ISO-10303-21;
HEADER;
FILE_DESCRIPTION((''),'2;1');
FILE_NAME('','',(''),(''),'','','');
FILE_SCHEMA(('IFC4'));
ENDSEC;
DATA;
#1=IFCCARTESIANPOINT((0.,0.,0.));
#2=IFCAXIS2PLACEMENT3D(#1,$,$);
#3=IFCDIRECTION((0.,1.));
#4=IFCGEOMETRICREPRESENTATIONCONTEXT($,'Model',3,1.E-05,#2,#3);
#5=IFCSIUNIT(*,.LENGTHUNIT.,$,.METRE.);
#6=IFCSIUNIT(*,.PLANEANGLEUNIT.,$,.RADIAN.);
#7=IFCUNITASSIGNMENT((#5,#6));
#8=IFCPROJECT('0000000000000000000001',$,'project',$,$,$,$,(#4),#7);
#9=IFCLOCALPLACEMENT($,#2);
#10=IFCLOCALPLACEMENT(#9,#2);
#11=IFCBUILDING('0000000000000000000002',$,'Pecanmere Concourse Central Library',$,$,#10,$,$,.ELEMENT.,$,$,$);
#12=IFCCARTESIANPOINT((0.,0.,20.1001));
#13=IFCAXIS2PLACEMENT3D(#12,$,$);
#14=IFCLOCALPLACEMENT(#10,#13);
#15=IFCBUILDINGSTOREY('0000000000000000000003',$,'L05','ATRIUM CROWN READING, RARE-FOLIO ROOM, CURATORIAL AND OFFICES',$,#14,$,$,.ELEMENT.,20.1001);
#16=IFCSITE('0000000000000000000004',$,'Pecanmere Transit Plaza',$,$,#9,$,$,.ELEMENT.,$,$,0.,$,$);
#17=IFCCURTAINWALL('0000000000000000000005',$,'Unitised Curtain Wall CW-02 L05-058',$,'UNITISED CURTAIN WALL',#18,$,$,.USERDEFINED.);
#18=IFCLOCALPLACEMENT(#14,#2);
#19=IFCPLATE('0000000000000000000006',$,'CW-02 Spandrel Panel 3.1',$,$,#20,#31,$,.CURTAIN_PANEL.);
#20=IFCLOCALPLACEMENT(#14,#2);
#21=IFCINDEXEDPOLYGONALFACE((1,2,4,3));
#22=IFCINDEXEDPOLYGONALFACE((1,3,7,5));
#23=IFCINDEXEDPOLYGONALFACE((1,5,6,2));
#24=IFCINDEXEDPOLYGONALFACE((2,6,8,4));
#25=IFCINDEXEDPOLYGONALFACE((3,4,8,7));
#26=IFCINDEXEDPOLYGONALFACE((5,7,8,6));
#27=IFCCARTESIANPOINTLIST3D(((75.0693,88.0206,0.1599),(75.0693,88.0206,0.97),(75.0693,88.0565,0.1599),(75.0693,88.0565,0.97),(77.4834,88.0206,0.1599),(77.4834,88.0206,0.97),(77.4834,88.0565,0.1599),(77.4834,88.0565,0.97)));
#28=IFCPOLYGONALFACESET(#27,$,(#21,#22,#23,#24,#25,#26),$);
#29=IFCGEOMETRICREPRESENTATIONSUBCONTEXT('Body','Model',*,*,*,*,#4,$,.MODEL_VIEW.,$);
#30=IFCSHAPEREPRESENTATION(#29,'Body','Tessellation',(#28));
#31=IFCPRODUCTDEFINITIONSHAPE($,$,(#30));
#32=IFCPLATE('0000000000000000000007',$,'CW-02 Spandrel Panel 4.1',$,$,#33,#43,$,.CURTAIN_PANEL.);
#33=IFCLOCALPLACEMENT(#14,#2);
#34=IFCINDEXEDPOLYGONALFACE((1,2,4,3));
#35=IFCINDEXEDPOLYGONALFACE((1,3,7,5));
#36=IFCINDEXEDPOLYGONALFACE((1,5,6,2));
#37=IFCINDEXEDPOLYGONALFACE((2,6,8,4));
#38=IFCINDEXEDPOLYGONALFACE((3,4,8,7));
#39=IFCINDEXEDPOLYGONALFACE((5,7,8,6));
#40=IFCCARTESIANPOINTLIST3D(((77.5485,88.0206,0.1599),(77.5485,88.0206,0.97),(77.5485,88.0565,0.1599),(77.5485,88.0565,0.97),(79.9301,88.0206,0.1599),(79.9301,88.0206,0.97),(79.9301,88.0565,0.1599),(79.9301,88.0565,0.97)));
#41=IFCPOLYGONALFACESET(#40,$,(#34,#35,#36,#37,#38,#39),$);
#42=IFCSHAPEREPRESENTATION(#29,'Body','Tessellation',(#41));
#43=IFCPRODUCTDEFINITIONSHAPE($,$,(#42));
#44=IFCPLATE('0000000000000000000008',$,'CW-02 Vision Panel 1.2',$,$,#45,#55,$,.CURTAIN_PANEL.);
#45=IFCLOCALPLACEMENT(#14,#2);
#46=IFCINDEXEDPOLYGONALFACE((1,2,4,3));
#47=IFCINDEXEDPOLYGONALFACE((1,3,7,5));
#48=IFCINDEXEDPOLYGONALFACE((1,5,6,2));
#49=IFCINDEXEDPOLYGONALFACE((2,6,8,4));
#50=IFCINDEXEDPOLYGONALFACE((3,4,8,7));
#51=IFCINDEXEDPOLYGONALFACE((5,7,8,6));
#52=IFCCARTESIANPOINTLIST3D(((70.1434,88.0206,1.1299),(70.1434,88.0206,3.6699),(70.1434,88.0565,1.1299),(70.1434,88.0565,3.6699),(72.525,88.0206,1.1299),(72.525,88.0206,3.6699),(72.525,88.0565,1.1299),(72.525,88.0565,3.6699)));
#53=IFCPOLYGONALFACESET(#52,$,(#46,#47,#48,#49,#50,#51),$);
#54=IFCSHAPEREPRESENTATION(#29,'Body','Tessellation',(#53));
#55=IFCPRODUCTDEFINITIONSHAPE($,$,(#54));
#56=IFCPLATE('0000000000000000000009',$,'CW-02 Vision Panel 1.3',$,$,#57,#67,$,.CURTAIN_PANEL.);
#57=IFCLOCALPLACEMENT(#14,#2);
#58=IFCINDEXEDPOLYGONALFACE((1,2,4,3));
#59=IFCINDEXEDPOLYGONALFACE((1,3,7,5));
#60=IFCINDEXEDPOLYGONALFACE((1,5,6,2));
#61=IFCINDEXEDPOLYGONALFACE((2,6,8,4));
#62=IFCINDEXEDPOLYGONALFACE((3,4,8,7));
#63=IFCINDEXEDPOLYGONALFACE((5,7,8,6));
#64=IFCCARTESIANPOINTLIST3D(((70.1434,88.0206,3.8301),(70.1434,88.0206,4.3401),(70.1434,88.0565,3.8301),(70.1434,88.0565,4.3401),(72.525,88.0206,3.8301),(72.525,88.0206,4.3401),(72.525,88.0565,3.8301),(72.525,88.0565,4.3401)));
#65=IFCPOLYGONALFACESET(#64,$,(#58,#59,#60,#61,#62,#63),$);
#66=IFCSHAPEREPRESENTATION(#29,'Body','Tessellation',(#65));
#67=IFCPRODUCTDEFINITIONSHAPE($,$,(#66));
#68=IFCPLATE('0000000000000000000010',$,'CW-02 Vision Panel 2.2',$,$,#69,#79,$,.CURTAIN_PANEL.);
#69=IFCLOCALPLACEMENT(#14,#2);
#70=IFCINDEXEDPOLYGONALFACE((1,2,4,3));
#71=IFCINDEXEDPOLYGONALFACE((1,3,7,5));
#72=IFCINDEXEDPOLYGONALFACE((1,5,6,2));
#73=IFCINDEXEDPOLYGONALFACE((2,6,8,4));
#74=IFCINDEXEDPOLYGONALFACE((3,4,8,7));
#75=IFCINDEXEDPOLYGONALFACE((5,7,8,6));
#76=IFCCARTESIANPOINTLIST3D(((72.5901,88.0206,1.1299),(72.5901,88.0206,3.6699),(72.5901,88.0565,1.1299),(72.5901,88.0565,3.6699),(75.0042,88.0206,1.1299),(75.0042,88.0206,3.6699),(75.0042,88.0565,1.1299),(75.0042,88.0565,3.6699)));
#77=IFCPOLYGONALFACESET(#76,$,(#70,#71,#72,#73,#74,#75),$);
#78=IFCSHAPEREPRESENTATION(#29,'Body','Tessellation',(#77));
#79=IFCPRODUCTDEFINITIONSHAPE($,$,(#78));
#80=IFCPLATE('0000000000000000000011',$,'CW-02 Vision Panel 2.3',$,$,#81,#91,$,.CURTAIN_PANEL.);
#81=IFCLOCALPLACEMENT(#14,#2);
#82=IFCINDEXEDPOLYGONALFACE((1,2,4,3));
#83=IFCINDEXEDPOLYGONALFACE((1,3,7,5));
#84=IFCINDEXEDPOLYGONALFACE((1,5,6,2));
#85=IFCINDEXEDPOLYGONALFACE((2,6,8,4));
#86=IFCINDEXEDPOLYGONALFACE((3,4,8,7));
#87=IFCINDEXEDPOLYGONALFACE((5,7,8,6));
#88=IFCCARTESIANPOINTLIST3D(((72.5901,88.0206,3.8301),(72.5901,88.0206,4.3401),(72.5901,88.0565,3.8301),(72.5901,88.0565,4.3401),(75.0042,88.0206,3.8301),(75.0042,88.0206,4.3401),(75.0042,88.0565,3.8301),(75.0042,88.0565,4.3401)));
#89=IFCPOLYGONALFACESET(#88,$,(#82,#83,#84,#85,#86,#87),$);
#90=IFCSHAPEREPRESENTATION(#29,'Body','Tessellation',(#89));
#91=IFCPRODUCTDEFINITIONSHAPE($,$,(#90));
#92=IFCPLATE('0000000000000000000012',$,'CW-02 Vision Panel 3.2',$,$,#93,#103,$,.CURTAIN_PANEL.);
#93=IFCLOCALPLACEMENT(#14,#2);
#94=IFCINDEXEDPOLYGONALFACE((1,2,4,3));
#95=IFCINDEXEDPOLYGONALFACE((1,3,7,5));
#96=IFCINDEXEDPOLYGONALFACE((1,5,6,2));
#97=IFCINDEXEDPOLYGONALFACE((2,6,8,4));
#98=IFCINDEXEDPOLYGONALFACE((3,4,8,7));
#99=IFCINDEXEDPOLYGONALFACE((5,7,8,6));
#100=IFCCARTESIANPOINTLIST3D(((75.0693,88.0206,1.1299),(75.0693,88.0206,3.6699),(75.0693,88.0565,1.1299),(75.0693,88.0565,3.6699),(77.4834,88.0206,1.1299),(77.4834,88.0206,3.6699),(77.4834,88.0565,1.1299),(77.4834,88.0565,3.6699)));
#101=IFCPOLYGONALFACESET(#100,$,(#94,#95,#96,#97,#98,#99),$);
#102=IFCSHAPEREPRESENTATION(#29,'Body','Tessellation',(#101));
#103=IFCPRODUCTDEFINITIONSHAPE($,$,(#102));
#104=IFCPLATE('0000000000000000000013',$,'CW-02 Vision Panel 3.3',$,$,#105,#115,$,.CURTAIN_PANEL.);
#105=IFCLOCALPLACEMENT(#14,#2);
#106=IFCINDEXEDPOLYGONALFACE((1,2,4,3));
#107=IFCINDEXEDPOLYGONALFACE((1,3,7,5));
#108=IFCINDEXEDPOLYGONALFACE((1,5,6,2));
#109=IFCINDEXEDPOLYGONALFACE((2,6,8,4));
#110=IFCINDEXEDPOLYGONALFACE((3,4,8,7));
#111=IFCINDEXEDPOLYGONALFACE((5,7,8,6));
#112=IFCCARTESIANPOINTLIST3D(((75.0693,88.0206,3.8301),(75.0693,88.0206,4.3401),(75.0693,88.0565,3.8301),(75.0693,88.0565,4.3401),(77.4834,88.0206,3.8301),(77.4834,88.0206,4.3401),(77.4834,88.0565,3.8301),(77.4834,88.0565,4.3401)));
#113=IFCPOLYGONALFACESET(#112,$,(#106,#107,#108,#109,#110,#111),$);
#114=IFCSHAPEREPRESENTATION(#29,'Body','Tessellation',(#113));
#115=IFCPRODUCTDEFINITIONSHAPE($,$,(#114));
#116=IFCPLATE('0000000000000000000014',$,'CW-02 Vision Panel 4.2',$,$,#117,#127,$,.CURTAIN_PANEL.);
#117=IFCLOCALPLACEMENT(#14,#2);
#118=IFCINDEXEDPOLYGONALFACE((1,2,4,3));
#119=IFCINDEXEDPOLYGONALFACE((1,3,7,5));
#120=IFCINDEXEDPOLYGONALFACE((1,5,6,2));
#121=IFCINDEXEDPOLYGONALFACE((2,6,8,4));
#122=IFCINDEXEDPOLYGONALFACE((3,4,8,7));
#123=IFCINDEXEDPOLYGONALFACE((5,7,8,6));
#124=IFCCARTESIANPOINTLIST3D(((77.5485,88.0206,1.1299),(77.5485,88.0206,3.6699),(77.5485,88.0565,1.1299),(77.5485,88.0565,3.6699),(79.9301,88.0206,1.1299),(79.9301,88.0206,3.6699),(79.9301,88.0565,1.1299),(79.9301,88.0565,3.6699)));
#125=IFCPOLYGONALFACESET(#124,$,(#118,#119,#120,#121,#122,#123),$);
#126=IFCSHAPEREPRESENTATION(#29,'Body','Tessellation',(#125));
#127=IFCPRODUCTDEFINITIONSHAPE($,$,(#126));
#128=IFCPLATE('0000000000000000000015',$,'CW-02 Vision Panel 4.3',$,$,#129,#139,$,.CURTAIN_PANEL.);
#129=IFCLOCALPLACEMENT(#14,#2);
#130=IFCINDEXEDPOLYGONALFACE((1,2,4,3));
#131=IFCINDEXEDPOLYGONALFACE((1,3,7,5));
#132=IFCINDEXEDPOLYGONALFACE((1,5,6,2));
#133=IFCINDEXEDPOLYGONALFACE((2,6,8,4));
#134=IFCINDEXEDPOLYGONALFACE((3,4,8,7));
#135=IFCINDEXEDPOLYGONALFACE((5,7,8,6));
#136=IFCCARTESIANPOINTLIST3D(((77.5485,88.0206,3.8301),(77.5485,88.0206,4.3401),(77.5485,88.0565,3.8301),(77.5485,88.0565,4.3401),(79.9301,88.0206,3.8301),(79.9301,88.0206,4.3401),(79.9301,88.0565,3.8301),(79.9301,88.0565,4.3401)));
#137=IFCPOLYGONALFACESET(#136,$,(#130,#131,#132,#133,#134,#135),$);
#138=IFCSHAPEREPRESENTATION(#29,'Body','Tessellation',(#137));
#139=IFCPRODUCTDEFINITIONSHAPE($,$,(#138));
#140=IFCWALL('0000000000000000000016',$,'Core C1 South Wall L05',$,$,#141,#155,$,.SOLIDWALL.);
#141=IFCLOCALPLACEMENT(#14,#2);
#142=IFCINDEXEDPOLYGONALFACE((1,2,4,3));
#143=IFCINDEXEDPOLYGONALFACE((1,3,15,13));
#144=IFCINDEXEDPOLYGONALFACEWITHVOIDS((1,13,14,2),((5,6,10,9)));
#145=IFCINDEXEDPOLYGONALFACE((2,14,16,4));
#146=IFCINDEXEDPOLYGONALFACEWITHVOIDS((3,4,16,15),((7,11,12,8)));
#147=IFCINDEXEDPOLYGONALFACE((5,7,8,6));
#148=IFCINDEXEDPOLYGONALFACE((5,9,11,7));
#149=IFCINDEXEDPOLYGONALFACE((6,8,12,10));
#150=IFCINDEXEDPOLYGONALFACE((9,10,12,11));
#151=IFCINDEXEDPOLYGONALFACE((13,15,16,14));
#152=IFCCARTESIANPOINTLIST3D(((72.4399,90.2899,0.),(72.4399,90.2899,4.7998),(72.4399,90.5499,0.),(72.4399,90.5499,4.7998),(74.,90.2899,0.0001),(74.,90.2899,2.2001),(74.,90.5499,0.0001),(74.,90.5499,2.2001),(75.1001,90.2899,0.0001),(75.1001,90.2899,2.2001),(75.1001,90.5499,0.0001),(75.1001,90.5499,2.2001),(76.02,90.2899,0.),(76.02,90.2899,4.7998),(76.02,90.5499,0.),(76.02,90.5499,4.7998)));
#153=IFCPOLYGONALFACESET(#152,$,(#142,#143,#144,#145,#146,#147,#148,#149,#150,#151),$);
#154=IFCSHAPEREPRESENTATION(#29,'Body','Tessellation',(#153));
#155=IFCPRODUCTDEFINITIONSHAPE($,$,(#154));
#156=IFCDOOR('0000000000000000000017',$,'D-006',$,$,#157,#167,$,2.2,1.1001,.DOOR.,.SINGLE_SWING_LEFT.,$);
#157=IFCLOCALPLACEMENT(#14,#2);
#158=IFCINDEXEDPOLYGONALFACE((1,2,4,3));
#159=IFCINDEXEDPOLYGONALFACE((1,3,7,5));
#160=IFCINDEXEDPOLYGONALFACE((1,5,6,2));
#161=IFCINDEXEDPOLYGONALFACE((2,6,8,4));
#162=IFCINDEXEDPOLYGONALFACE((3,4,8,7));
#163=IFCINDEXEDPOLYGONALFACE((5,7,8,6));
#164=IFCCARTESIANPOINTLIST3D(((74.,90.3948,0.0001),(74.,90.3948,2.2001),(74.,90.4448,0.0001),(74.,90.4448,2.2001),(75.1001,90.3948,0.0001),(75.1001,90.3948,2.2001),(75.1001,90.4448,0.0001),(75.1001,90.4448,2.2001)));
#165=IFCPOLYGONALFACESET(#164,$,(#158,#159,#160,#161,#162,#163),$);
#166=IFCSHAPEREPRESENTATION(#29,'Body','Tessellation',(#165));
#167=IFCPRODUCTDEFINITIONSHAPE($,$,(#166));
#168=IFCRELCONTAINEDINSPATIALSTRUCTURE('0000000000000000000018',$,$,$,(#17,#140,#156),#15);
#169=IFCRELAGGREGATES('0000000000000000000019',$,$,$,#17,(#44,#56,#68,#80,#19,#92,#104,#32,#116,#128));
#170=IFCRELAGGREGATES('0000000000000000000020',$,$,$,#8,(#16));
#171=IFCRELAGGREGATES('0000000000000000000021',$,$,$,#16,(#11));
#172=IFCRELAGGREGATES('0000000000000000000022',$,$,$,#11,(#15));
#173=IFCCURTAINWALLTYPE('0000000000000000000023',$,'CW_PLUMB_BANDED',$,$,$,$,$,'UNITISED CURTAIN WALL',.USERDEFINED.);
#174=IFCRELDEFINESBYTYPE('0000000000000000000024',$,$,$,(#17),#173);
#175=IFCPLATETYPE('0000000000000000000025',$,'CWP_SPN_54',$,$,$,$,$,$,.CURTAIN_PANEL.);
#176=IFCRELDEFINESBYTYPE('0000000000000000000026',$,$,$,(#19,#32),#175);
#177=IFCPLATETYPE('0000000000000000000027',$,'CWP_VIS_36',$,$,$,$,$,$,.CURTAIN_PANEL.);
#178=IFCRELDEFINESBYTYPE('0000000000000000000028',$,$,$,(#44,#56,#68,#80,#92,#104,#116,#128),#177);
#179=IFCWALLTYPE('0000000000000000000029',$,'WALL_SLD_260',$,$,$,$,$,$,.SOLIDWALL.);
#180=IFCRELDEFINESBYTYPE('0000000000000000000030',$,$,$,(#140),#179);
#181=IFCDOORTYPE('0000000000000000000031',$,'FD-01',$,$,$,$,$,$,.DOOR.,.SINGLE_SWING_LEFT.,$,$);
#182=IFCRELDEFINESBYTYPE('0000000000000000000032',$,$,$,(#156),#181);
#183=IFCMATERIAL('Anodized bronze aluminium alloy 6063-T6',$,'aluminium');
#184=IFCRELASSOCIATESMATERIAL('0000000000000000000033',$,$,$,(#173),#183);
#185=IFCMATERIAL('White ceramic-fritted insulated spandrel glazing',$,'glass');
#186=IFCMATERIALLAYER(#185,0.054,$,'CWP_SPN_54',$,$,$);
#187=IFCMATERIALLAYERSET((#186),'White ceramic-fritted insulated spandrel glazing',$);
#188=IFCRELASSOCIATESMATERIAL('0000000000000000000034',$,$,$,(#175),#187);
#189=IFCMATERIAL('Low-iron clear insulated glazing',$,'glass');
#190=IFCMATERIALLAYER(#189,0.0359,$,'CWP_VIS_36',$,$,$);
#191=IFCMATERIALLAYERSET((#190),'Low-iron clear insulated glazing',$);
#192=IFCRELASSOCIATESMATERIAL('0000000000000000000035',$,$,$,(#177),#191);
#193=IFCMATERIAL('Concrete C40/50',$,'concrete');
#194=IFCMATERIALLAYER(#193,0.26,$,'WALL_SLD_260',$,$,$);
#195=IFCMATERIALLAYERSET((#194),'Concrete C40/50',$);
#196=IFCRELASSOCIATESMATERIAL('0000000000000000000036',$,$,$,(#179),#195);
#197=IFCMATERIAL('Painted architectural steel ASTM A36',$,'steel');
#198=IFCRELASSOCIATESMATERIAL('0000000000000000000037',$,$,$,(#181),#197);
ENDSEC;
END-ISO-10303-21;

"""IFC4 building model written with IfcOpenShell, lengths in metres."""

from ifc_helpers import new_model, si_unit, direction, frame, frame_2d, origin, origin_2d, place, context, subcontext, project, spatial, rectangle, extrude, material, layer, layer_set, type_object, element, fill, aggregate, save


model = new_model("IFC4")

# Units and contexts
model_context = context("Model", 3, precision=1e-05, world=origin(), true_north=direction((0.0, 1.0)))
body_context = subcontext(model_context, "Body", "Model", "MODEL_VIEW")
ifc_project = project(units=[si_unit("LENGTHUNIT", "METRE"), si_unit("PLANEANGLEUNIT", "RADIAN")], contexts=[model_context])

# Site, building, storey
site_placement = place(None, origin())
site = spatial("IfcSite", under=ifc_project, at=site_placement, Name="Pecanmere Transit Plaza", CompositionType="ELEMENT", RefElevation=0.0)
building_placement = place(site_placement, origin())
building = spatial("IfcBuilding", under=site, at=building_placement, Name="Pecanmere Concourse Central Library", CompositionType="ELEMENT")
storey_placement = place(building_placement, frame((0.0, 0.0, 20.1001)))
storey = spatial("IfcBuildingStorey", under=building, at=storey_placement, Name="L05", Description="ATRIUM CROWN READING, RARE-FOLIO ROOM, CURATORIAL AND OFFICES", CompositionType="ELEMENT", Elevation=20.1001)

# Curtain wall
ifc_material_1 = material(Name="Anodized bronze aluminium alloy 6063-T6", Category="aluminium")
curtain_wall_type = type_object("IfcCurtainWallType", Name="CW_PLUMB_BANDED", ElementType="UNITISED CURTAIN WALL", PredefinedType="USERDEFINED", material=ifc_material_1)
curtain_wall_placement = place(storey_placement, origin())
curtain_wall = element("IfcCurtainWall", 1, at=curtain_wall_placement, inside=storey, type_object=curtain_wall_type, Name="Unitised Curtain Wall CW-02 L05-058", ObjectType="UNITISED CURTAIN WALL", PredefinedType="USERDEFINED")

# Plates
ifc_material_2 = material(Name="White ceramic-fritted insulated spandrel glazing", Category="glass")
ifc_layer_1 = layer(ifc_material_2, 0.054, Name="CWP_SPN_54")
ifc_layer_set_1 = layer_set([ifc_layer_1], Name="White ceramic-fritted insulated spandrel glazing")
plate_type_1 = type_object("IfcPlateType", Name="CWP_SPN_54", PredefinedType="CURTAIN_PANEL", material=ifc_layer_set_1)
plate_1_placement = place(storey_placement, frame((76.2764, 88.0386, 0.1599), z_axis=(0.0, 0.0, 1.0), x_axis=(1.0, 0.0, 0.0)))
plate_1 = element("IfcPlate", 2, at=plate_1_placement, type_object=plate_type_1, Name="CW-02 Spandrel Panel 3.1", PredefinedType="CURTAIN_PANEL", context=body_context, shape_type="SweptSolid", body=[
    extrude(rectangle(XDim=2.4141, YDim=0.0359, at=origin_2d()), origin(), (0.0, 0.0, 1.0), 0.8101),
])
plate_2_placement = place(storey_placement, frame((78.7393, 88.0386, 0.1599), z_axis=(0.0, 0.0, 1.0), x_axis=(1.0, 0.0, 0.0)))
plate_2 = element("IfcPlate", 3, at=plate_2_placement, type_object=plate_type_1, Name="CW-02 Spandrel Panel 4.1", PredefinedType="CURTAIN_PANEL", context=body_context, shape_type="SweptSolid", body=[
    extrude(rectangle(XDim=2.3816, YDim=0.0359, at=origin_2d()), origin(), (0.0, 0.0, 1.0), 0.8101),
])
ifc_material_3 = material(Name="Low-iron clear insulated glazing", Category="glass")
ifc_layer_2 = layer(ifc_material_3, 0.0359, Name="CWP_VIS_36")
ifc_layer_set_2 = layer_set([ifc_layer_2], Name="Low-iron clear insulated glazing")
plate_type_2 = type_object("IfcPlateType", Name="CWP_VIS_36", PredefinedType="CURTAIN_PANEL", material=ifc_layer_set_2)
plate_3_placement = place(storey_placement, frame((71.3342, 88.0386, 1.1299), z_axis=(0.0, 0.0, 1.0), x_axis=(1.0, 0.0, 0.0)))
plate_3 = element("IfcPlate", 4, at=plate_3_placement, type_object=plate_type_2, Name="CW-02 Vision Panel 1.2", PredefinedType="CURTAIN_PANEL", context=body_context, shape_type="SweptSolid", body=[
    extrude(rectangle(XDim=2.3816, YDim=0.0359, at=origin_2d()), origin(), (0.0, 0.0, 1.0), 2.54),
])
plate_4_placement = place(storey_placement, frame((71.3342, 88.0386, 3.8301), z_axis=(0.0, 0.0, 1.0), x_axis=(1.0, 0.0, 0.0)))
plate_4 = element("IfcPlate", 5, at=plate_4_placement, type_object=plate_type_2, Name="CW-02 Vision Panel 1.3", PredefinedType="CURTAIN_PANEL", context=body_context, shape_type="SweptSolid", body=[
    extrude(rectangle(XDim=2.3816, YDim=0.0359, at=origin_2d()), origin(), (0.0, 0.0, 1.0), 0.51),
])
plate_5_placement = place(storey_placement, frame((73.7971, 88.0386, 1.1299), z_axis=(0.0, 0.0, 1.0), x_axis=(1.0, 0.0, 0.0)))
plate_5 = element("IfcPlate", 6, at=plate_5_placement, type_object=plate_type_2, Name="CW-02 Vision Panel 2.2", PredefinedType="CURTAIN_PANEL", context=body_context, shape_type="SweptSolid", body=[
    extrude(rectangle(XDim=2.4141, YDim=0.0359, at=origin_2d()), origin(), (0.0, 0.0, 1.0), 2.54),
])
plate_6_placement = place(storey_placement, frame((73.7971, 88.0386, 3.8301), z_axis=(0.0, 0.0, 1.0), x_axis=(1.0, 0.0, 0.0)))
plate_6 = element("IfcPlate", 7, at=plate_6_placement, type_object=plate_type_2, Name="CW-02 Vision Panel 2.3", PredefinedType="CURTAIN_PANEL", context=body_context, shape_type="SweptSolid", body=[
    extrude(rectangle(XDim=2.4141, YDim=0.0359, at=origin_2d()), origin(), (0.0, 0.0, 1.0), 0.51),
])
plate_7_placement = place(storey_placement, frame((76.2764, 88.0386, 1.1299), z_axis=(0.0, 0.0, 1.0), x_axis=(1.0, 0.0, 0.0)))
plate_7 = element("IfcPlate", 8, at=plate_7_placement, type_object=plate_type_2, Name="CW-02 Vision Panel 3.2", PredefinedType="CURTAIN_PANEL", context=body_context, shape_type="SweptSolid", body=[
    extrude(rectangle(XDim=2.4141, YDim=0.0359, at=origin_2d()), origin(), (0.0, 0.0, 1.0), 2.54),
])
plate_8_placement = place(storey_placement, frame((76.2764, 88.0386, 3.8301), z_axis=(0.0, 0.0, 1.0), x_axis=(1.0, 0.0, 0.0)))
plate_8 = element("IfcPlate", 9, at=plate_8_placement, type_object=plate_type_2, Name="CW-02 Vision Panel 3.3", PredefinedType="CURTAIN_PANEL", context=body_context, shape_type="SweptSolid", body=[
    extrude(rectangle(XDim=2.4141, YDim=0.0359, at=origin_2d()), origin(), (0.0, 0.0, 1.0), 0.51),
])
plate_9_placement = place(storey_placement, frame((78.7393, 88.0386, 1.1299), z_axis=(0.0, 0.0, 1.0), x_axis=(1.0, 0.0, 0.0)))
plate_9 = element("IfcPlate", 10, at=plate_9_placement, type_object=plate_type_2, Name="CW-02 Vision Panel 4.2", PredefinedType="CURTAIN_PANEL", context=body_context, shape_type="SweptSolid", body=[
    extrude(rectangle(XDim=2.3816, YDim=0.0359, at=origin_2d()), origin(), (0.0, 0.0, 1.0), 2.54),
])
plate_10_placement = place(storey_placement, frame((78.7393, 88.0386, 3.8301), z_axis=(0.0, 0.0, 1.0), x_axis=(1.0, 0.0, 0.0)))
plate_10 = element("IfcPlate", 11, at=plate_10_placement, type_object=plate_type_2, Name="CW-02 Vision Panel 4.3", PredefinedType="CURTAIN_PANEL", context=body_context, shape_type="SweptSolid", body=[
    extrude(rectangle(XDim=2.3816, YDim=0.0359, at=origin_2d()), origin(), (0.0, 0.0, 1.0), 0.51),
])
aggregate(curtain_wall, [plate_3, plate_4, plate_5, plate_6, plate_1, plate_7, plate_8, plate_2, plate_9, plate_10])

# Wall, opening, door
ifc_material_4 = material(Name="Concrete C40/50", Category="concrete")
ifc_layer_3 = layer(ifc_material_4, 0.26, Name="WALL_SLD_260")
ifc_layer_set_3 = layer_set([ifc_layer_3], Name="Concrete C40/50")
wall_type = type_object("IfcWallType", Name="WALL_SLD_260", PredefinedType="SOLIDWALL", material=ifc_layer_set_3)
wall_placement = place(storey_placement, frame((72.4399, 90.4199, 0.0), z_axis=(0.0, 0.0, 1.0), x_axis=(1.0, 0.0, 0.0)))
wall = element("IfcWall", 12, at=wall_placement, inside=storey, type_object=wall_type, Name="Core C1 South Wall L05", PredefinedType="SOLIDWALL", context=body_context, shape_type="SweptSolid", body=[
    extrude(rectangle(XDim=3.5801, YDim=0.26, at=frame_2d((1.79, 0.0))), origin(), (0.0, 0.0, 1.0), 4.7998),
])
opening_placement = place(wall_placement, frame((1.5601, 0.0, 0.0)))
opening = element("IfcOpeningElement", 13, at=opening_placement, cuts=wall, PredefinedType="OPENING", context=body_context, shape_type="SweptSolid", body=[
    extrude(rectangle(XDim=1.1001, YDim=2.2, at=frame_2d((0.55, 1.1001))), frame((0.0, 0.1421, 0.0), z_axis=(0.0, -1.0, 0.0), x_axis=(1.0, 0.0, 0.0)), (0.0, 0.0, 1.0), 0.2839),
])
ifc_material_5 = material(Name="Painted architectural steel ASTM A36", Category="steel")
door_type = type_object("IfcDoorType", Name="FD-01", OperationType="SINGLE_SWING_LEFT", PredefinedType="DOOR", material=ifc_material_5)
door_placement = place(opening_placement, origin())
door = element("IfcDoor", 14, at=door_placement, inside=storey, type_object=door_type, Name="D-006", OperationType="SINGLE_SWING_LEFT", OverallHeight=2.2, OverallWidth=1.1001, PredefinedType="DOOR", context=body_context, shape_type="SweptSolid", body=[
    extrude(rectangle(XDim=1.1001, YDim=2.2, at=frame_2d((0.55, 1.1001))), frame((0.0, 0.0249, 0.0), z_axis=(0.0, -1.0, 0.0), x_axis=(1.0, 0.0, 0.0)), (0.0, 0.0, 1.0), 0.05),
])
fill(opening, door)

save(model, "model.ifc")
